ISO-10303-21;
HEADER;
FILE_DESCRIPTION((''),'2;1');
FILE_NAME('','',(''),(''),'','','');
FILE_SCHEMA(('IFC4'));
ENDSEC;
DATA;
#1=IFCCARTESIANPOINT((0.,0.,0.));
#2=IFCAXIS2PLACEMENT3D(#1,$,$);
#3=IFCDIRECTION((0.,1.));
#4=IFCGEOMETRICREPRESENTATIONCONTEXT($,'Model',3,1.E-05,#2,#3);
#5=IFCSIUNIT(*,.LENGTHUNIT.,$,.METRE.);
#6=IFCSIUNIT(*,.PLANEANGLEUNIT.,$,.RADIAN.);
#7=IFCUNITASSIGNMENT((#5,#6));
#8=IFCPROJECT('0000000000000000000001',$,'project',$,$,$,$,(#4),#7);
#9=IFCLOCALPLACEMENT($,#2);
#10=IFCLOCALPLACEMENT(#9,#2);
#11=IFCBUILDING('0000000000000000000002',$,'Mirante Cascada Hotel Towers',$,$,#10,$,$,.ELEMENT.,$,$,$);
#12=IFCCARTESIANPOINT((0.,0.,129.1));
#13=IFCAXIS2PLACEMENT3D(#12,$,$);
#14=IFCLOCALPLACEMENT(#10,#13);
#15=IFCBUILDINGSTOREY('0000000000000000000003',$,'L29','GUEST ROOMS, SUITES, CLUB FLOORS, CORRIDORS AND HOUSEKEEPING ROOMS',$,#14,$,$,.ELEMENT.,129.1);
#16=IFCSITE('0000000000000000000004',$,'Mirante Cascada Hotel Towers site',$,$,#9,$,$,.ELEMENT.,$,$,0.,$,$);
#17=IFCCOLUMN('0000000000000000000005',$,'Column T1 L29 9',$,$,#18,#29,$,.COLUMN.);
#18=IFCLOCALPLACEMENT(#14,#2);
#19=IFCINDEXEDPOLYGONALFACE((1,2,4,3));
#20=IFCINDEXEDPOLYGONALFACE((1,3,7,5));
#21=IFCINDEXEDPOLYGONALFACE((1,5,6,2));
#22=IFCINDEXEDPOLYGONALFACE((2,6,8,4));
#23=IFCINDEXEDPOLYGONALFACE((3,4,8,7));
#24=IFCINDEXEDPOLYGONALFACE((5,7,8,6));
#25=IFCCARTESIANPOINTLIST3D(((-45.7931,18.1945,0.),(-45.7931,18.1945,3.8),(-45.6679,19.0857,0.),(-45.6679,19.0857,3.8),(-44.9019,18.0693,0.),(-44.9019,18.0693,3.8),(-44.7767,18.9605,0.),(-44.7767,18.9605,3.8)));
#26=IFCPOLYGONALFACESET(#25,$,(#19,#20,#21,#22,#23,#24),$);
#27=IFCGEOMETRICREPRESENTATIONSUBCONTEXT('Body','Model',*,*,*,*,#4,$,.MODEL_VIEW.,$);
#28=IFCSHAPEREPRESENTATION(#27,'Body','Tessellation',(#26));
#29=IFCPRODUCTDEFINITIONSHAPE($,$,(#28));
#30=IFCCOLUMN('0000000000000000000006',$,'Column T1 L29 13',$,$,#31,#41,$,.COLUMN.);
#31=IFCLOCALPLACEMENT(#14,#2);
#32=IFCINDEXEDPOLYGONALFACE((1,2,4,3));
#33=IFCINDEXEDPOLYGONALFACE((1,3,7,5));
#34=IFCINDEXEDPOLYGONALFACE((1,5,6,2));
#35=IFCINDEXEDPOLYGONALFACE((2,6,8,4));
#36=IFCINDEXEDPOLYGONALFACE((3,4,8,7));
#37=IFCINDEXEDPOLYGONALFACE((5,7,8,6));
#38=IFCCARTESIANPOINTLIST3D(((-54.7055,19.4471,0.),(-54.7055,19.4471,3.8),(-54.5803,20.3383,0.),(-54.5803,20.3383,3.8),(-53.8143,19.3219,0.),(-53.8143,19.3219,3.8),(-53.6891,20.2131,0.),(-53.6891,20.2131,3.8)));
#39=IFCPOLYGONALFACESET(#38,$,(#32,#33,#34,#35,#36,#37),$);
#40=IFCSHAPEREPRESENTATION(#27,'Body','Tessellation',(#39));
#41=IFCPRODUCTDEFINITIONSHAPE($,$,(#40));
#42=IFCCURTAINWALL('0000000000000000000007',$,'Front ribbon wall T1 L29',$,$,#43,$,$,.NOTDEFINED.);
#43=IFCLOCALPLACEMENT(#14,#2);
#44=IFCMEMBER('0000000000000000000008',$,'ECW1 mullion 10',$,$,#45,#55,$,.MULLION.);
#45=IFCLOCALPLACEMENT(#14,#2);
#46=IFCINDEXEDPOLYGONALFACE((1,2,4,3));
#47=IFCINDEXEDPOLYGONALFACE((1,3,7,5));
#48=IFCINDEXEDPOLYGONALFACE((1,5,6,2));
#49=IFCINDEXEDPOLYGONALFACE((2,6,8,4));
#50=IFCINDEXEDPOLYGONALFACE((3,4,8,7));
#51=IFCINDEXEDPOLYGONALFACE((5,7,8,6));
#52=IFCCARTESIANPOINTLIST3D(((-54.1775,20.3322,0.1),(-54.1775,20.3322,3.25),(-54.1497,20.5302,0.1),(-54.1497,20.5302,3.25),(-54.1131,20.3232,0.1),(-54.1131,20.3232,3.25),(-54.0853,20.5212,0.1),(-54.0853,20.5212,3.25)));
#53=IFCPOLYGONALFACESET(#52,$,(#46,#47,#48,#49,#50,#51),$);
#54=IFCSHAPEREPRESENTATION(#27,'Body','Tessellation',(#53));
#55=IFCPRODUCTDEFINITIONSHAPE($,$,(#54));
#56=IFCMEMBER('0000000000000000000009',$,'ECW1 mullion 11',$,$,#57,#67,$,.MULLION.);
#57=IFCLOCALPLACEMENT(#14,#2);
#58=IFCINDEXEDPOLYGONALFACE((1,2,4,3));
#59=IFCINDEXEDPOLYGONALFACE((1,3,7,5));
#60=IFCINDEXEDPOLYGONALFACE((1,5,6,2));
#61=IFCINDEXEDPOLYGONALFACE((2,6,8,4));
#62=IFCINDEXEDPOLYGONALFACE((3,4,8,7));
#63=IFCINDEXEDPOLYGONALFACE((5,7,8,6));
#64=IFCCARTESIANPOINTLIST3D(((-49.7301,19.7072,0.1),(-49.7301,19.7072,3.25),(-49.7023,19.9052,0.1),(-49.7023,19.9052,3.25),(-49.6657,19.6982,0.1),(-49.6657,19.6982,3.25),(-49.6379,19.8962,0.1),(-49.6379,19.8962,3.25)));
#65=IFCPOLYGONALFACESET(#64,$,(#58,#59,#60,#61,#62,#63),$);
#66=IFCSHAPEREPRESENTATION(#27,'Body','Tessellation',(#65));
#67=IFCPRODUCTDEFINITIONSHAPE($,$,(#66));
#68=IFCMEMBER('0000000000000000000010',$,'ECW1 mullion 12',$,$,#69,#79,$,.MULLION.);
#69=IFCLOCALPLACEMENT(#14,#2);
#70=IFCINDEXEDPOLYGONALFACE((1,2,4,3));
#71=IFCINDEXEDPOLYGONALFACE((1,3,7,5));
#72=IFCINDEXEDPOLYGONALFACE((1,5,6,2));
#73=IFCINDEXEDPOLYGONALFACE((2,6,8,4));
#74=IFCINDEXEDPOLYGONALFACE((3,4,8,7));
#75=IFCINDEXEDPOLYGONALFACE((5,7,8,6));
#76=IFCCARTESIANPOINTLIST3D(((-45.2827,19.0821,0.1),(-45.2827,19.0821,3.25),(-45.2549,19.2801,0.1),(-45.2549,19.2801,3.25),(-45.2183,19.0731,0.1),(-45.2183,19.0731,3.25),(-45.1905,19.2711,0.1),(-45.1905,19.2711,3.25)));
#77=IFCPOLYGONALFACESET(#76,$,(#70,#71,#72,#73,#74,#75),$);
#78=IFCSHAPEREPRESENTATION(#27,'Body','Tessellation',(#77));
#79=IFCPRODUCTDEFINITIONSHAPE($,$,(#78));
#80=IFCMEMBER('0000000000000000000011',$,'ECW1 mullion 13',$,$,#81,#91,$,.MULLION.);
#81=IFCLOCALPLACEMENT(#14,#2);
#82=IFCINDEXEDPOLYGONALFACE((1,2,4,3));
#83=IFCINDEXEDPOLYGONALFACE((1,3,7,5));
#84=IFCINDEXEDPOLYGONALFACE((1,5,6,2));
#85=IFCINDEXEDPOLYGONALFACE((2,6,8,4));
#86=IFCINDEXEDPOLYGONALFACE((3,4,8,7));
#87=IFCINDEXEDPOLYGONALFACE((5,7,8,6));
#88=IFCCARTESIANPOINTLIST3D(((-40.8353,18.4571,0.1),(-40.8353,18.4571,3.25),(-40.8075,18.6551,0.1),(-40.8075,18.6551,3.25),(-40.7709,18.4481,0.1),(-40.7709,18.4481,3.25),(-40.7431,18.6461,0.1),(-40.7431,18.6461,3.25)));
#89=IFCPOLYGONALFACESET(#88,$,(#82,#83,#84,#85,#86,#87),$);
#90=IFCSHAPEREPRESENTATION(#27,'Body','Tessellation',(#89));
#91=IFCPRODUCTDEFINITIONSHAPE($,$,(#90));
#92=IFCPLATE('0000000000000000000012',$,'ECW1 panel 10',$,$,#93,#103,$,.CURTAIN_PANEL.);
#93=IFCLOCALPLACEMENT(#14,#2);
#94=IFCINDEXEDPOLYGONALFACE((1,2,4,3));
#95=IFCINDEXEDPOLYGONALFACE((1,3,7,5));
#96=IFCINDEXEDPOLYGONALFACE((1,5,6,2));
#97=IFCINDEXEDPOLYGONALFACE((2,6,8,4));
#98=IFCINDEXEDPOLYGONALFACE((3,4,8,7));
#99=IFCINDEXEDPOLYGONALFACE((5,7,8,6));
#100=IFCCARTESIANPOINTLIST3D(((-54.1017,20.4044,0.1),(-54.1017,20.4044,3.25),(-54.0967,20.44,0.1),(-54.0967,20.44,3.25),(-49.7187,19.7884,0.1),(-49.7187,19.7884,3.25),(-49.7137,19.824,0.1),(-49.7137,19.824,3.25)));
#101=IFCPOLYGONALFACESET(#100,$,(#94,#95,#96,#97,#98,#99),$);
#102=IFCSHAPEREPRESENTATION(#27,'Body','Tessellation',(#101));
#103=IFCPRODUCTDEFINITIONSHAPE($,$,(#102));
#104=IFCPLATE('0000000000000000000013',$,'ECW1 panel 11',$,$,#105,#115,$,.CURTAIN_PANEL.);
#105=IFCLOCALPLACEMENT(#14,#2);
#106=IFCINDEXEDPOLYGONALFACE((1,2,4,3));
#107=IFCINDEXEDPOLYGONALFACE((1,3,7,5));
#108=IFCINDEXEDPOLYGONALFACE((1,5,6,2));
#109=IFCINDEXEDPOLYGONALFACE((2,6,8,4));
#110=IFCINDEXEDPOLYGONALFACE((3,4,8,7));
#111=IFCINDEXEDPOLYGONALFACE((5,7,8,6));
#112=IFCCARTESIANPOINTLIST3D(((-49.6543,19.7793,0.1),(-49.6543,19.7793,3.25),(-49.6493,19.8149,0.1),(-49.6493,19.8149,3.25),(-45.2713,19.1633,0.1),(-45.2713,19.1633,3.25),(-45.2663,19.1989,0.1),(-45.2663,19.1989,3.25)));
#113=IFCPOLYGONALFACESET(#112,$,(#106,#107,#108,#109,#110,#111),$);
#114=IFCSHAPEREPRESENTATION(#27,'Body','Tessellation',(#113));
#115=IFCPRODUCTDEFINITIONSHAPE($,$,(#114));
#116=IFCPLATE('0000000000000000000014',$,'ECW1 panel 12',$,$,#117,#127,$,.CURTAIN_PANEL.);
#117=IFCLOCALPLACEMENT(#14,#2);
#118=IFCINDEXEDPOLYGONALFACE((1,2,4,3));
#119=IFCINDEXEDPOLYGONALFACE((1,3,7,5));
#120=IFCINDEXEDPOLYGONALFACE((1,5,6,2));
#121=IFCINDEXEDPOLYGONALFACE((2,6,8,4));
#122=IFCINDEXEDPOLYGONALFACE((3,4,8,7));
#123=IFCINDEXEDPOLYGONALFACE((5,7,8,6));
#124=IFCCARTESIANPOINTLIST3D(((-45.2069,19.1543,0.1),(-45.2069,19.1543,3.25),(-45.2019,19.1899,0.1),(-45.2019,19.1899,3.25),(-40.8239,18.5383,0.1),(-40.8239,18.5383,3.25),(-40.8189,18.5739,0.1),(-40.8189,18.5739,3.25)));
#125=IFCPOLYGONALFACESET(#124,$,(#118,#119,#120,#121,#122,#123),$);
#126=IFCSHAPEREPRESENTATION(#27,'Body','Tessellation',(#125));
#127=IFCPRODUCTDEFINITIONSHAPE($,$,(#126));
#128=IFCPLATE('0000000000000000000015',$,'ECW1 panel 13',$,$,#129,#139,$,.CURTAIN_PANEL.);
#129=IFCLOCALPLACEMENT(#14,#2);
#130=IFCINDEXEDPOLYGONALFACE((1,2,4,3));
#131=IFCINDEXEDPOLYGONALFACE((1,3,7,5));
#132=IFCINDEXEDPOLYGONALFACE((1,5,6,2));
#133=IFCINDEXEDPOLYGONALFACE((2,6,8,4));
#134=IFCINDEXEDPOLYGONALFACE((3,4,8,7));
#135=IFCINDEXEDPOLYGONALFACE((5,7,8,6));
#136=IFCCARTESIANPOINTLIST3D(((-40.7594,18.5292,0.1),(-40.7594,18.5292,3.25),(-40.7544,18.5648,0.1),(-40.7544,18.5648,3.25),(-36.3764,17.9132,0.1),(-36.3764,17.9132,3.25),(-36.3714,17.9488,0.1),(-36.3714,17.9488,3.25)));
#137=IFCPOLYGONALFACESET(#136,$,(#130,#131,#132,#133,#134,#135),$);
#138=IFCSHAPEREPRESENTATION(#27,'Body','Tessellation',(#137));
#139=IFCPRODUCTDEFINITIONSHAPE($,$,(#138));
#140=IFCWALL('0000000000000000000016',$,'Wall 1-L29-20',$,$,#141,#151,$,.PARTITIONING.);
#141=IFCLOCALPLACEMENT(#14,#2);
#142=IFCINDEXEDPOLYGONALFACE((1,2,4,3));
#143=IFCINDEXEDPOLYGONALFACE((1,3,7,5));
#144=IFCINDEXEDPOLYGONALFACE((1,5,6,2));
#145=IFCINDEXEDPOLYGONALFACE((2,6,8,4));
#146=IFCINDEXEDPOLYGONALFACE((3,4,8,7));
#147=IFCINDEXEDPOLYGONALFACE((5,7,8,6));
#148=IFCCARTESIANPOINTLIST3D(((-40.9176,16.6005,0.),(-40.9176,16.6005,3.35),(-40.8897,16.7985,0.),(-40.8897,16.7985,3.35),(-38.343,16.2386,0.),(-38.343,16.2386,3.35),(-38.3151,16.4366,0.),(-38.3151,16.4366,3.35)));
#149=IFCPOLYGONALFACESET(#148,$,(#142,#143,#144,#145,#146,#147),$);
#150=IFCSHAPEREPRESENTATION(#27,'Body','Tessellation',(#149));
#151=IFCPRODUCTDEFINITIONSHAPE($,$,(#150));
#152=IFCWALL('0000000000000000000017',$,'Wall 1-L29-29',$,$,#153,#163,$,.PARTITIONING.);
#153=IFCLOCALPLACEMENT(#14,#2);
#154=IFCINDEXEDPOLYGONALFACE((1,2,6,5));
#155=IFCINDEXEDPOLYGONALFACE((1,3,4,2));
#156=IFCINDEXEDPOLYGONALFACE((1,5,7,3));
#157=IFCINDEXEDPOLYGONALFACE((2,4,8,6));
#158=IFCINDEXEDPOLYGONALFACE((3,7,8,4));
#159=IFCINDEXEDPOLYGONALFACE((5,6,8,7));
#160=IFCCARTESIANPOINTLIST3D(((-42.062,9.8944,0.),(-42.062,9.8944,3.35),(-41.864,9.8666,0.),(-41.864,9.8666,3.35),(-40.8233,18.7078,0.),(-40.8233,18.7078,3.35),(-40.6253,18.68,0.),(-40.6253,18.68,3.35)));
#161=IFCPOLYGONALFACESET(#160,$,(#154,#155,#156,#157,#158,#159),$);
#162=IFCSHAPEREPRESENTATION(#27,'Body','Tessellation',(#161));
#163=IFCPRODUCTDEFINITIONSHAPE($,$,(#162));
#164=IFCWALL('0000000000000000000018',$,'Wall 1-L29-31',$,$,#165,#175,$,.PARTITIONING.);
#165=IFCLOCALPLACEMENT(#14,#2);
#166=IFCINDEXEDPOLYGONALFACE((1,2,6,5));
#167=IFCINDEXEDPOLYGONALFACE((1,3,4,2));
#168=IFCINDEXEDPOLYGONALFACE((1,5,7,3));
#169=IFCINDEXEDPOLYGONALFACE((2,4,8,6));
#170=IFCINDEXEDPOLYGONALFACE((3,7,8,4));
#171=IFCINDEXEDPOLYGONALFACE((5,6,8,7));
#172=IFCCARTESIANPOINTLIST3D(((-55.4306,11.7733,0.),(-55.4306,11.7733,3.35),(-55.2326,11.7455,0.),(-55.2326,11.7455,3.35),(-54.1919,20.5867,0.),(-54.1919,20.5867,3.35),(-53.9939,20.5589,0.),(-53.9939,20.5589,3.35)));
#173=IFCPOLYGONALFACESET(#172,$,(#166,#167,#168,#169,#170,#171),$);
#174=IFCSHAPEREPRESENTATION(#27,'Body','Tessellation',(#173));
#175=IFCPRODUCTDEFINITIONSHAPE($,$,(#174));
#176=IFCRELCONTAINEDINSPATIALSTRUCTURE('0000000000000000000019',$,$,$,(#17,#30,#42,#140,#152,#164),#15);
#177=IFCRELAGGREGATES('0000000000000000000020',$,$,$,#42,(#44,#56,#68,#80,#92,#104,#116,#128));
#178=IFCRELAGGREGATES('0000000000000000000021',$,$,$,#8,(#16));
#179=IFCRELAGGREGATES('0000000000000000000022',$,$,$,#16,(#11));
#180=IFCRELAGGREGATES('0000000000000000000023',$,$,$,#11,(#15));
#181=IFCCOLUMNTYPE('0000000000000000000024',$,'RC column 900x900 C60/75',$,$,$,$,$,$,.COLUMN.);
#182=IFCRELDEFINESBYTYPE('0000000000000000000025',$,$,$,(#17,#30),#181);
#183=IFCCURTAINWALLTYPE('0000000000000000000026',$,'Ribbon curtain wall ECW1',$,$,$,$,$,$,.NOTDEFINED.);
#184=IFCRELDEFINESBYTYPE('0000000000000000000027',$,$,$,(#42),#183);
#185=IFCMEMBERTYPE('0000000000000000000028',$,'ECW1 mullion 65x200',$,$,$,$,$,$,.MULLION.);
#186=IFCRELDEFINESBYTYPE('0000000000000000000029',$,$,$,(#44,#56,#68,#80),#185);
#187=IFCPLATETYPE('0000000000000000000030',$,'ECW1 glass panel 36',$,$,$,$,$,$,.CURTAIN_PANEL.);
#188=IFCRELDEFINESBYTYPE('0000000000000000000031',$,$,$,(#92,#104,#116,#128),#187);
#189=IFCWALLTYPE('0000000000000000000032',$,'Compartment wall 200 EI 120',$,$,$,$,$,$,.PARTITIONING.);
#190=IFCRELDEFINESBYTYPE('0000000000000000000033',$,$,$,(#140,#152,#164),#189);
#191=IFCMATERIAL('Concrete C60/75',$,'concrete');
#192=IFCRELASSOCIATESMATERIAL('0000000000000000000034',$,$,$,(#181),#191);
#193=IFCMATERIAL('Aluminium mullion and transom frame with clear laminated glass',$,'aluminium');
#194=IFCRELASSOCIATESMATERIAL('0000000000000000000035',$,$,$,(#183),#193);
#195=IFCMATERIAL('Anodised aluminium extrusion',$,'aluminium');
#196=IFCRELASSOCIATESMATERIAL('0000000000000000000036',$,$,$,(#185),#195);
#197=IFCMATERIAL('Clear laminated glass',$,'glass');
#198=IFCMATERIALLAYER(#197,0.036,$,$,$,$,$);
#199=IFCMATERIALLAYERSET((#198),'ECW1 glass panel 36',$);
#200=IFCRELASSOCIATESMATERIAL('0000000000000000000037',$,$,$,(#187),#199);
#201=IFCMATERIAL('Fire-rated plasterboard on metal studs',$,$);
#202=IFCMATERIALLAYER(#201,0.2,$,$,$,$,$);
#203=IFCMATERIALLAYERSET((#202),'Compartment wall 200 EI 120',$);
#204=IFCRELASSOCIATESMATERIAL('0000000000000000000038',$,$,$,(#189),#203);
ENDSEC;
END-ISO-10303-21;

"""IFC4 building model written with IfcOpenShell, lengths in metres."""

from ifc_helpers import new_model, si_unit, direction, frame, frame_2d, origin, origin_2d, place, context, subcontext, project, spatial, rectangle, extrude, material, layer, layer_set, material_profile, profile_set, type_object, element, aggregate, save


model = new_model("IFC4")

# Units and contexts
model_context = context("Model", 3, precision=1e-05, world=origin(), true_north=direction((0.0, 1.0)))
body_context = subcontext(model_context, "Body", "Model", "MODEL_VIEW")
ifc_project = project(units=[si_unit("LENGTHUNIT", "METRE"), si_unit("PLANEANGLEUNIT", "RADIAN")], contexts=[model_context])

# Site, building, storey
site_placement = place(None, origin())
site = spatial("IfcSite", under=ifc_project, at=site_placement, Name="Mirante Cascada Hotel Towers site", CompositionType="ELEMENT", RefElevation=0.0)
building_placement = place(site_placement, origin())
building = spatial("IfcBuilding", under=site, at=building_placement, Name="Mirante Cascada Hotel Towers", CompositionType="ELEMENT")
storey_placement = place(building_placement, frame((0.0, 0.0, 129.1)))
storey = spatial("IfcBuildingStorey", under=building, at=storey_placement, Name="L29", Description="GUEST ROOMS, SUITES, CLUB FLOORS, CORRIDORS AND HOUSEKEEPING ROOMS", CompositionType="ELEMENT", Elevation=129.1)

# Columns
ifc_material_1 = material(Name="Concrete C60/75", Category="concrete")
ifc_material_profile_1 = material_profile(ifc_material_1, rectangle(XDim=0.9, YDim=0.9, at=origin_2d()), Name="RC column 900x900 C60/75")
ifc_profile_set_1 = profile_set([ifc_material_profile_1], Name="Concrete C60/75")
column_type = type_object("IfcColumnType", Name="RC column 900x900 C60/75", PredefinedType="COLUMN", material=ifc_profile_set_1)
for number, where, z_axis, x_axis, name in (
    (1, (-45.2849, 18.5775, 0.0), (0.0, 0.0, 1.0), (-0.990268, 0.139173, 0.0), "Column T1 L29 9"),
    (2, (-54.1973, 19.8301, 0.0), (0.0, 0.0, 1.0), (-0.990268, 0.139173, 0.0), "Column T1 L29 13"),
):
    element("IfcColumn", number, at=place(storey_placement, frame(where, z_axis=z_axis, x_axis=x_axis)), inside=storey, type_object=column_type, Name=name, PredefinedType="COLUMN", context=body_context, shape_type="SweptSolid", body=[
        extrude(rectangle(XDim=0.9, YDim=0.9, at=origin_2d()), origin(), (0.0, 0.0, 1.0), 3.8),
    ])

# Curtain wall, members, plates
ifc_material_2 = material(Name="Aluminium mullion and transom frame with clear laminated glass", Category="aluminium")
curtain_wall_type = type_object("IfcCurtainWallType", Name="Ribbon curtain wall ECW1", PredefinedType="NOTDEFINED", material=ifc_material_2)
curtain_wall_placement = place(storey_placement, origin())
curtain_wall = element("IfcCurtainWall", 3, at=curtain_wall_placement, inside=storey, type_object=curtain_wall_type, Name="Front ribbon wall T1 L29", PredefinedType="NOTDEFINED")
ifc_material_3 = material(Name="Anodised aluminium extrusion", Category="aluminium")
ifc_material_profile_2 = material_profile(ifc_material_3, rectangle(XDim=0.2, YDim=0.065, at=origin_2d()), Name="ECW1 MULLION 65x200")
ifc_profile_set_2 = profile_set([ifc_material_profile_2], Name="Anodised aluminium extrusion")
member_type = type_object("IfcMemberType", Name="ECW1 mullion 65x200", PredefinedType="MULLION", material=ifc_profile_set_2)
member_1_placement = place(storey_placement, frame((-54.1314, 20.4267, 0.1), z_axis=(0.0, 0.0, 1.0), x_axis=(0.139173, 0.990268, 0.0)))
member_1 = element("IfcMember", 4, at=member_1_placement, type_object=member_type, Name="ECW1 mullion 10", PredefinedType="MULLION", context=body_context, shape_type="SweptSolid", body=[
    extrude(rectangle(XDim=0.2, YDim=0.065, at=origin_2d()), origin(), (0.0, 0.0, 1.0), 3.15),
])
member_2_placement = place(storey_placement, frame((-49.684, 19.8017, 0.1), z_axis=(0.0, 0.0, 1.0), x_axis=(0.139173, 0.990268, 0.0)))
member_2 = element("IfcMember", 5, at=member_2_placement, type_object=member_type, Name="ECW1 mullion 11", PredefinedType="MULLION", context=body_context, shape_type="SweptSolid", body=[
    extrude(rectangle(XDim=0.2, YDim=0.065, at=origin_2d()), origin(), (0.0, 0.0, 1.0), 3.15),
])
member_3_placement = place(storey_placement, frame((-45.2366, 19.1766, 0.1), z_axis=(0.0, 0.0, 1.0), x_axis=(0.139173, 0.990268, 0.0)))
member_3 = element("IfcMember", 6, at=member_3_placement, type_object=member_type, Name="ECW1 mullion 12", PredefinedType="MULLION", context=body_context, shape_type="SweptSolid", body=[
    extrude(rectangle(XDim=0.2, YDim=0.065, at=origin_2d()), origin(), (0.0, 0.0, 1.0), 3.15),
])
member_4_placement = place(storey_placement, frame((-40.7892, 18.5516, 0.1), z_axis=(0.0, 0.0, 1.0), x_axis=(0.139173, 0.990268, 0.0)))
member_4 = element("IfcMember", 7, at=member_4_placement, type_object=member_type, Name="ECW1 mullion 13", PredefinedType="MULLION", context=body_context, shape_type="SweptSolid", body=[
    extrude(rectangle(XDim=0.2, YDim=0.065, at=origin_2d()), origin(), (0.0, 0.0, 1.0), 3.15),
])
ifc_material_4 = material(Name="Clear laminated glass", Category="glass")
ifc_layer_1 = layer(ifc_material_4, 0.036)
ifc_layer_set_1 = layer_set([ifc_layer_1], Name="ECW1 glass panel 36")
plate_type = type_object("IfcPlateType", Name="ECW1 glass panel 36", PredefinedType="CURTAIN_PANEL", material=ifc_layer_set_1)
plate_1_placement = place(storey_placement, frame((-51.9077, 20.1142, 0.1), z_axis=(0.0, 0.0, 1.0), x_axis=(0.990268, -0.139173, 0.0)))
plate_1 = element("IfcPlate", 8, at=plate_1_placement, type_object=plate_type, Name="ECW1 panel 10", PredefinedType="CURTAIN_PANEL", context=body_context, shape_type="SweptSolid", body=[
    extrude(rectangle(XDim=4.4261, YDim=0.036, at=origin_2d()), origin(), (0.0, 0.0, 1.0), 3.15),
])
plate_2_placement = place(storey_placement, frame((-47.4603, 19.4891, 0.1), z_axis=(0.0, 0.0, 1.0), x_axis=(0.990268, -0.139173, 0.0)))
plate_2 = element("IfcPlate", 9, at=plate_2_placement, type_object=plate_type, Name="ECW1 panel 11", PredefinedType="CURTAIN_PANEL", context=body_context, shape_type="SweptSolid", body=[
    extrude(rectangle(XDim=4.4261, YDim=0.036, at=origin_2d()), origin(), (0.0, 0.0, 1.0), 3.15),
])
plate_3_placement = place(storey_placement, frame((-43.0129, 18.8641, 0.1), z_axis=(0.0, 0.0, 1.0), x_axis=(0.990268, -0.139173, 0.0)))
plate_3 = element("IfcPlate", 10, at=plate_3_placement, type_object=plate_type, Name="ECW1 panel 12", PredefinedType="CURTAIN_PANEL", context=body_context, shape_type="SweptSolid", body=[
    extrude(rectangle(XDim=4.4261, YDim=0.036, at=origin_2d()), origin(), (0.0, 0.0, 1.0), 3.15),
])
plate_4_placement = place(storey_placement, frame((-38.5654, 18.239, 0.1), z_axis=(0.0, 0.0, 1.0), x_axis=(0.990268, -0.139173, 0.0)))
plate_4 = element("IfcPlate", 11, at=plate_4_placement, type_object=plate_type, Name="ECW1 panel 13", PredefinedType="CURTAIN_PANEL", context=body_context, shape_type="SweptSolid", body=[
    extrude(rectangle(XDim=4.4261, YDim=0.036, at=origin_2d()), origin(), (0.0, 0.0, 1.0), 3.15),
])
aggregate(curtain_wall, [member_1, member_2, member_3, member_4, plate_1, plate_2, plate_3, plate_4])

# Walls
ifc_material_5 = material(Name="Fire-rated plasterboard on metal studs")
ifc_layer_2 = layer(ifc_material_5, 0.2)
ifc_layer_set_2 = layer_set([ifc_layer_2], Name="Compartment wall 200 EI 120")
wall_type_1 = type_object("IfcWallType", Name="Compartment wall 200 EI 120", PredefinedType="PARTITIONING", material=ifc_layer_set_2)
wall_1_placement = place(storey_placement, frame((-38.329, 16.3376, 0.0), z_axis=(0.0, 0.0, 1.0), x_axis=(-0.990265, 0.139197, 0.0)))
element("IfcWall", 12, at=wall_1_placement, inside=storey, type_object=wall_type_1, Name="Wall 1-L29-20", PredefinedType="PARTITIONING", context=body_context, shape_type="SweptSolid", body=[
    extrude(rectangle(XDim=2.5999, YDim=0.2, at=frame_2d((1.3, 0.0))), origin(), (0.0, 0.0, 1.0), 3.35),
])
for number, where, z_axis, x_axis, name in (
    (13, (-40.7243, 18.6939, 0.0), (0.0, 0.0, 1.0), (-0.139179, -0.990267, 0.0), "Wall 1-L29-29"),
    (14, (-54.0929, 20.5728, 0.0), (0.0, 0.0, 1.0), (-0.139179, -0.990267, 0.0), "Wall 1-L29-31"),
):
    element("IfcWall", number, at=place(storey_placement, frame(where, z_axis=z_axis, x_axis=x_axis)), inside=storey, type_object=wall_type_1, Name=name, PredefinedType="PARTITIONING", context=body_context, shape_type="SweptSolid", body=[
        extrude(rectangle(XDim=8.9, YDim=0.2, at=frame_2d((4.45, 0.0))), origin(), (0.0, 0.0, 1.0), 3.35),
    ])

save(model, "model.ifc")
